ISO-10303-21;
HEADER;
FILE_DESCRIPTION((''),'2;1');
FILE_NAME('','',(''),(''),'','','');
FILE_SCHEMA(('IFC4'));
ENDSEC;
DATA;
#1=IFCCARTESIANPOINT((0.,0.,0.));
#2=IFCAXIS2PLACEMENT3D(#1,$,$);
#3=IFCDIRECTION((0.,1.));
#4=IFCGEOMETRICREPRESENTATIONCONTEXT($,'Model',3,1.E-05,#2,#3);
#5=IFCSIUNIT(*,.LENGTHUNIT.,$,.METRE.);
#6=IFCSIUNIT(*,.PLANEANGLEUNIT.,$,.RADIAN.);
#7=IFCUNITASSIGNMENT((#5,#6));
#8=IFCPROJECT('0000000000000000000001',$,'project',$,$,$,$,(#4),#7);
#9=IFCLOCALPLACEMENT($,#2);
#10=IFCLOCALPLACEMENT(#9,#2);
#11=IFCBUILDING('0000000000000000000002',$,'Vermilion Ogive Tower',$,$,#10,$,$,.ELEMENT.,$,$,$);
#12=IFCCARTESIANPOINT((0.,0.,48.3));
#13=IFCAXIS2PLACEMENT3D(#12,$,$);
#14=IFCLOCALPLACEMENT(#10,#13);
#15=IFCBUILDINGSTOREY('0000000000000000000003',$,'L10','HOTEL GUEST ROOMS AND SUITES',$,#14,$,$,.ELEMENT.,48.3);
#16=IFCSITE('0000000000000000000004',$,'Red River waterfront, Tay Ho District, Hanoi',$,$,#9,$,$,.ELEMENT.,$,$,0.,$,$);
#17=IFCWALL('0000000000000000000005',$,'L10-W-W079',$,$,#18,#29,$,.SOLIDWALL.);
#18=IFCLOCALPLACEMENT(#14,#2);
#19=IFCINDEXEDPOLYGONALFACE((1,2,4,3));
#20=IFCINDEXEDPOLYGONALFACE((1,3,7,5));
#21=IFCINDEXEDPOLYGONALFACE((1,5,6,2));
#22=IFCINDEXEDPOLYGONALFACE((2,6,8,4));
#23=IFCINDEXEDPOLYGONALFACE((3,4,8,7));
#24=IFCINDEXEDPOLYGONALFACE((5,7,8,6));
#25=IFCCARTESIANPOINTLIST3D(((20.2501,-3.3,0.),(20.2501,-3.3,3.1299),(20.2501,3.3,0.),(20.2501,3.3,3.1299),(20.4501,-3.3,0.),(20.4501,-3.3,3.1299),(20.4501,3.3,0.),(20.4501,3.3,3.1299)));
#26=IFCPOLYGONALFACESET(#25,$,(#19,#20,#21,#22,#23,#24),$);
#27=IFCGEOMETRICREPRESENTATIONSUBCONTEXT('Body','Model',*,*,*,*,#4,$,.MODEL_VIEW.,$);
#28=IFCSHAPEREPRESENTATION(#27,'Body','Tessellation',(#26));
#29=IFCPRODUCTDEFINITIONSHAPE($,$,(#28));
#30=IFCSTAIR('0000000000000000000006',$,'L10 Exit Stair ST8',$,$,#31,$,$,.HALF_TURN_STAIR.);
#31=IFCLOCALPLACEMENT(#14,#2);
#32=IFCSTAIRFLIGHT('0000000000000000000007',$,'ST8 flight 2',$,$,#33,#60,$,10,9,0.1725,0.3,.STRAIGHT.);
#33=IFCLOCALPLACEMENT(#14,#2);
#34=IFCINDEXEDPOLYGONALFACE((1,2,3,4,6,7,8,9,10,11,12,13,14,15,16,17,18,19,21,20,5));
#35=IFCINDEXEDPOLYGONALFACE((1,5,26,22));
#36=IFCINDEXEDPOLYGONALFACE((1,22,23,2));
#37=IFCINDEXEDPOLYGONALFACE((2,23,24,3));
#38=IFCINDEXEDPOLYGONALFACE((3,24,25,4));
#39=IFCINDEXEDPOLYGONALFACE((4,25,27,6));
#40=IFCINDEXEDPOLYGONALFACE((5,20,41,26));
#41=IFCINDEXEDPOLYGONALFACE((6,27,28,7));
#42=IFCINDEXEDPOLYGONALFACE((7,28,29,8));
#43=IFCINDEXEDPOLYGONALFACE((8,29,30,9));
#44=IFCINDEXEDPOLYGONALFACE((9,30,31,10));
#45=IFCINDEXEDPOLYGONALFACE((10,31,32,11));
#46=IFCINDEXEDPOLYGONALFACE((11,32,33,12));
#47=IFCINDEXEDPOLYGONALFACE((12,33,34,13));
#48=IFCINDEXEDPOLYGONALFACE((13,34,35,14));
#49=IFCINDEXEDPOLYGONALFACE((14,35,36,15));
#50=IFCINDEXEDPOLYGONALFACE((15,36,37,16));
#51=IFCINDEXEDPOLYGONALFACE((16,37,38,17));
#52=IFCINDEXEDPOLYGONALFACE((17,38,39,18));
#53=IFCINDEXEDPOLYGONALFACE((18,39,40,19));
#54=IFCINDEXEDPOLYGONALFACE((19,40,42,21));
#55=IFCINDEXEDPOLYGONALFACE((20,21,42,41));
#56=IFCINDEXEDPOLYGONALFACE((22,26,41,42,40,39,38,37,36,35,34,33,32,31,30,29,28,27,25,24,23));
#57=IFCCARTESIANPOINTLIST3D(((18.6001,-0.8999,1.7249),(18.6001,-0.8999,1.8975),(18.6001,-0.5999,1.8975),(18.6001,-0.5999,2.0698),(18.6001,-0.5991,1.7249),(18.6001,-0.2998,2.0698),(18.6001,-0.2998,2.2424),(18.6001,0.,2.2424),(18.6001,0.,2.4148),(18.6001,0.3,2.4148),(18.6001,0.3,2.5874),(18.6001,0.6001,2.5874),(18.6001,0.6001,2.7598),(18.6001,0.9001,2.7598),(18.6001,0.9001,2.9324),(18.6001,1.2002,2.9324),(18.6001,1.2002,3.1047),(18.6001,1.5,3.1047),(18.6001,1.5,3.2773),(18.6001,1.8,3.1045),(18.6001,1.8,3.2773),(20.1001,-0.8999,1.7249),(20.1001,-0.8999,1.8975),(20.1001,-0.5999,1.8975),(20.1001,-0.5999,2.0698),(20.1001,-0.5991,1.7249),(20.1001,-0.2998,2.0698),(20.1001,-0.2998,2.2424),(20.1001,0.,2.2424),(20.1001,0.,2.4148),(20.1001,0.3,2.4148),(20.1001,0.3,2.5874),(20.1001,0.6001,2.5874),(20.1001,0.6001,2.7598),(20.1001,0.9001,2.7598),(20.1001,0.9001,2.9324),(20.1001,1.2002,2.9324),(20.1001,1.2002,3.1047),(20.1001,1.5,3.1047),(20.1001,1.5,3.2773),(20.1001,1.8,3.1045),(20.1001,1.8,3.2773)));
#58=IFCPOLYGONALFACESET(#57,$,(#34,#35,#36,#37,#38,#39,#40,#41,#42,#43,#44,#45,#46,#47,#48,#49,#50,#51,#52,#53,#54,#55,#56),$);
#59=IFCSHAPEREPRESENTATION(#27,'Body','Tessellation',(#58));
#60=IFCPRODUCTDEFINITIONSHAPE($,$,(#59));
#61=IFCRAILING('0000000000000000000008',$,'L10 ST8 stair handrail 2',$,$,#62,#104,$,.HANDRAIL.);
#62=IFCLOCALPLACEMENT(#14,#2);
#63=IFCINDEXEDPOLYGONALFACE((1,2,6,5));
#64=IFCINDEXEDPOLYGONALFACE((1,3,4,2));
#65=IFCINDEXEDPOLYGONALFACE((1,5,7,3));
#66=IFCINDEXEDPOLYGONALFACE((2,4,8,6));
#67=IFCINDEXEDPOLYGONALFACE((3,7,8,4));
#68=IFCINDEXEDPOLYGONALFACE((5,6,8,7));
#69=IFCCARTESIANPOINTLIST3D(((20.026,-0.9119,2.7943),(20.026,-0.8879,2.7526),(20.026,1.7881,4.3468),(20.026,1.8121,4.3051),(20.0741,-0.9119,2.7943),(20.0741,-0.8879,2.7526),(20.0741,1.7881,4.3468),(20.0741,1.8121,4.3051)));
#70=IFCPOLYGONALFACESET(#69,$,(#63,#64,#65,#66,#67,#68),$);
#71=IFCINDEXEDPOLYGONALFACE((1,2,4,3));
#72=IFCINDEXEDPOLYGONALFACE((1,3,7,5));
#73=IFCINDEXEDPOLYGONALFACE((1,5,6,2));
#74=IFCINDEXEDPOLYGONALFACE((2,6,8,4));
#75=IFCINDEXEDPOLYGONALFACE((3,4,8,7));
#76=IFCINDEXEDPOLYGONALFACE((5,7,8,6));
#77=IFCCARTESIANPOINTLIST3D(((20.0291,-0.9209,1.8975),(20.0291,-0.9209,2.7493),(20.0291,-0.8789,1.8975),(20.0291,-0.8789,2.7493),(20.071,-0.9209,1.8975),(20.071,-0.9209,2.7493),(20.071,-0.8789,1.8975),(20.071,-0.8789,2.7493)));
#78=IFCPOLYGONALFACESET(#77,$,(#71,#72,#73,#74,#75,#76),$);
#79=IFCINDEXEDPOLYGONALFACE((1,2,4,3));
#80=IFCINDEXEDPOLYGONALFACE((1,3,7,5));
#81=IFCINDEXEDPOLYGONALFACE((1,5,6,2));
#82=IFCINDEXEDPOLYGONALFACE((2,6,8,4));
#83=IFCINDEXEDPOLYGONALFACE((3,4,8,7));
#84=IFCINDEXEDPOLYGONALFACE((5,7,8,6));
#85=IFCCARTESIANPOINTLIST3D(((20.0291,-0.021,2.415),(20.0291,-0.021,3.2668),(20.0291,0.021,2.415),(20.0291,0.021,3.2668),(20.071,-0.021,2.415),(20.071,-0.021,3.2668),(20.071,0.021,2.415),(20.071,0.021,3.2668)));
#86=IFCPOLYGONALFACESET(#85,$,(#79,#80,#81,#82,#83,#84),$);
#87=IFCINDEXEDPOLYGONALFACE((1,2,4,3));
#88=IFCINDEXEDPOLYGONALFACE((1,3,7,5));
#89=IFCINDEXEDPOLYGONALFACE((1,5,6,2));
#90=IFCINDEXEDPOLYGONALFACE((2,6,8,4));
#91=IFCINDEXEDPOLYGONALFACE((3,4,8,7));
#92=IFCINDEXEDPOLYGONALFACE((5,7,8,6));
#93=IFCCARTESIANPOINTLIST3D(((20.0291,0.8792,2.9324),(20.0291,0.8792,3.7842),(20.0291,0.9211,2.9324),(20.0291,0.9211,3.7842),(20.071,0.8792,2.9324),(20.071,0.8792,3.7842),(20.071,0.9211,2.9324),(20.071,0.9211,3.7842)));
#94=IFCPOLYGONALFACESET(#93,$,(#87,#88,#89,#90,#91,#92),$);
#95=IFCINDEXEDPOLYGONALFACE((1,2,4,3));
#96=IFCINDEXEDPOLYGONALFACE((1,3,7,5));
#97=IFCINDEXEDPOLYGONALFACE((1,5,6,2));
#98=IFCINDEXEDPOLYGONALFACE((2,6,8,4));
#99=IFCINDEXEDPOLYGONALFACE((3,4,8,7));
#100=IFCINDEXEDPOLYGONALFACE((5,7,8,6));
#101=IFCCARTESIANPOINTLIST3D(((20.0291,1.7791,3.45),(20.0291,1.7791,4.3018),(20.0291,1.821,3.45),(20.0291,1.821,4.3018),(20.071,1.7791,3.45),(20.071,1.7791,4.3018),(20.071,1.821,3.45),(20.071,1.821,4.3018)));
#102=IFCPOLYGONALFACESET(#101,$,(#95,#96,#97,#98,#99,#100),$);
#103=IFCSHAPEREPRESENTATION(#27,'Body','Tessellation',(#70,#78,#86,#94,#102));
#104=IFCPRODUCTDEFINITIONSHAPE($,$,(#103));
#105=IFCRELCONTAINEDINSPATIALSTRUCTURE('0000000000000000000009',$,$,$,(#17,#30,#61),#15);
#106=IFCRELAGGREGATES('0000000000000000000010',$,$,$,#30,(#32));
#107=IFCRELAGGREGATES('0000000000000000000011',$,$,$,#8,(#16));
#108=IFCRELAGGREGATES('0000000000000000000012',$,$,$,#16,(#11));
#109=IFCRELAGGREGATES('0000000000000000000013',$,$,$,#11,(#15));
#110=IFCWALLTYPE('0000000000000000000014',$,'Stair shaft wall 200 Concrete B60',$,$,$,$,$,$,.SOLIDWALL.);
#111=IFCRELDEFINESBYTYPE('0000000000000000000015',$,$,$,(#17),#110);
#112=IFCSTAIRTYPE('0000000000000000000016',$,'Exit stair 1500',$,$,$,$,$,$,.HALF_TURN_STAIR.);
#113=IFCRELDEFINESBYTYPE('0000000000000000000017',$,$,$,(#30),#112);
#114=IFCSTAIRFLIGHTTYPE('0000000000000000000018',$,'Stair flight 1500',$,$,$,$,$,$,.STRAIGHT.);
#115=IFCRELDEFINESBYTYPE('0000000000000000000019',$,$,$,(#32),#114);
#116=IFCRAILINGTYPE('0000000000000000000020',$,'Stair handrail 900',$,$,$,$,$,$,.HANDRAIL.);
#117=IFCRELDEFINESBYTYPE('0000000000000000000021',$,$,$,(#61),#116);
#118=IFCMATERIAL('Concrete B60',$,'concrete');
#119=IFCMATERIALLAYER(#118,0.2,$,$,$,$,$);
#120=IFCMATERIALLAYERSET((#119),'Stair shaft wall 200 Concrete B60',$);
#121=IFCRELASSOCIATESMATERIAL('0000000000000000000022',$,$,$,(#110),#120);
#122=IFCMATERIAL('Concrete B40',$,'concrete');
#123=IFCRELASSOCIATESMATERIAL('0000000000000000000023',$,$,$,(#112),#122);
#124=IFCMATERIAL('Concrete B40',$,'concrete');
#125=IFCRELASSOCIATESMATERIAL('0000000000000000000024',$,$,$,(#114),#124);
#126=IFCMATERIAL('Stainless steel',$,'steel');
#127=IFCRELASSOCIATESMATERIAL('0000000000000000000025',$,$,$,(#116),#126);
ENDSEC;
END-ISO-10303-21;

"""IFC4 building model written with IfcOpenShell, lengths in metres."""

from ifc_helpers import new_model, si_unit, direction, frame, frame_2d, origin, origin_2d, place, context, subcontext, project, spatial, polyline, rectangle, outline, extrude, material, layer, layer_set, type_object, element, aggregate, save


model = new_model("IFC4")

# Units and contexts
model_context = context("Model", 3, precision=1e-05, world=origin(), true_north=direction((0.0, 1.0)))
body_context = subcontext(model_context, "Body", "Model", "MODEL_VIEW")
ifc_project = project(units=[si_unit("LENGTHUNIT", "METRE"), si_unit("PLANEANGLEUNIT", "RADIAN")], contexts=[model_context])

# Site, building, storey
site_placement = place(None, origin())
site = spatial("IfcSite", under=ifc_project, at=site_placement, Name="Red River waterfront, Tay Ho District, Hanoi", CompositionType="ELEMENT", RefElevation=0.0)
building_placement = place(site_placement, origin())
building = spatial("IfcBuilding", under=site, at=building_placement, Name="Vermilion Ogive Tower", CompositionType="ELEMENT")
storey_placement = place(building_placement, frame((0.0, 0.0, 48.3)))
storey = spatial("IfcBuildingStorey", under=building, at=storey_placement, Name="L10", Description="HOTEL GUEST ROOMS AND SUITES", CompositionType="ELEMENT", Elevation=48.3)

# Shared definitions
ifc_material_1 = material(Name="Concrete B60", Category="concrete")
ifc_layer_1 = layer(ifc_material_1, 0.2)
ifc_layer_set_1 = layer_set([ifc_layer_1], Name="Stair shaft wall 200 Concrete B60")
wall_type_1 = type_object("IfcWallType", Name="Stair shaft wall 200 Concrete B60", PredefinedType="SOLIDWALL", material=ifc_layer_set_1)

# Wall
wall_1_placement = place(storey_placement, frame((20.3501, -3.3, 0.0), z_axis=(0.0, 0.0, 1.0), x_axis=(0.0, 1.0, 0.0)))
element("IfcWall", 1, at=wall_1_placement, inside=storey, type_object=wall_type_1, Name="L10-W-W079", PredefinedType="SOLIDWALL", context=body_context, shape_type="SweptSolid", body=[
    extrude(rectangle(XDim=6.6001, YDim=0.2, at=frame_2d((3.3, 0.0))), origin(), (0.0, 0.0, 1.0), 3.1299),
])

# Stair, stair flight
ifc_material_2 = material(Name="Concrete B40", Category="concrete")
stair_type = type_object("IfcStairType", Name="Exit stair 1500", PredefinedType="HALF_TURN_STAIR", material=ifc_material_2)
stair_placement = place(storey_placement, origin())
stair = element("IfcStair", 2, at=stair_placement, inside=storey, type_object=stair_type, Name="L10 Exit Stair ST8", PredefinedType="HALF_TURN_STAIR")
ifc_material_3 = material(Name="Concrete B40", Category="concrete")
stair_flight_type = type_object("IfcStairFlightType", Name="Stair flight 1500", PredefinedType="STRAIGHT", material=ifc_material_3)
stair_flight_placement = place(storey_placement, frame((19.3501, -0.8999, 1.7249), z_axis=(0.0, 0.0, 1.0), x_axis=(0.0, 1.0, 0.0)))
stair_flight = element("IfcStairFlight", 3, at=stair_flight_placement, type_object=stair_flight_type, Name="ST8 flight 2", NumberOfRisers=10, NumberOfTreads=9, PredefinedType="STRAIGHT", RiserHeight=0.1725, TreadLength=0.3, context=body_context, shape_type="SweptSolid", body=[
    extrude(outline(polyline([(0.0, 0.0), (0.0, 0.1726), (0.3, 0.1726), (0.3, 0.345), (0.6001, 0.345), (0.6001, 0.5176), (0.8999, 0.5176), (0.8999, 0.6899), (1.2, 0.6899), (1.2, 0.8625), (1.5, 0.8625), (1.5, 1.0349), (1.8, 1.0349), (1.8, 1.2075), (2.1001, 1.2075), (2.1001, 1.3799), (2.3999, 1.3799), (2.3999, 1.5525), (2.7, 1.5525), (2.7, 1.7251), (2.7, 1.3796), (0.3008, 0.0), (0.0, 0.0)])), frame((0.0, 0.75, 0.0), z_axis=(0.0, -1.0, 0.0), x_axis=(1.0, 0.0, 0.0)), (0.0, 0.0, 1.0), 1.5),
])
aggregate(stair, [stair_flight])

# Railing
ifc_material_4 = material(Name="Stainless steel", Category="steel")
railing_type = type_object("IfcRailingType", Name="Stair handrail 900", PredefinedType="HANDRAIL", material=ifc_material_4)
railing_placement = place(storey_placement, frame((20.05, -0.8999, 1.8975)))
element("IfcRailing", 4, at=railing_placement, inside=storey, type_object=railing_type, Name="L10 ST8 stair handrail 2", PredefinedType="HANDRAIL", context=body_context, shape_type="SweptSolid", body=[
    extrude(rectangle(XDim=0.0481, YDim=0.0481, at=origin_2d()), frame((0.0, 0.0, 0.876), z_axis=(0.0, 0.866904, 0.498476), x_axis=(-1.0, 0.0, 0.0)), (0.0, 0.0, 1.0), 3.1145),
    extrude(rectangle(XDim=0.042, YDim=0.042, at=origin_2d()), origin(), (0.0, 0.0, 1.0), 0.8518),
    extrude(rectangle(XDim=0.042, YDim=0.042, at=origin_2d()), frame((0.0, 0.8999, 0.5176)), (0.0, 0.0, 1.0), 0.8518),
    extrude(rectangle(XDim=0.042, YDim=0.042, at=origin_2d()), frame((0.0, 1.8, 1.0349)), (0.0, 0.0, 1.0), 0.8518),
    extrude(rectangle(XDim=0.042, YDim=0.042, at=origin_2d()), frame((0.0, 2.7, 1.5525)), (0.0, 0.0, 1.0), 0.8518),
])

save(model, "model.ifc")
